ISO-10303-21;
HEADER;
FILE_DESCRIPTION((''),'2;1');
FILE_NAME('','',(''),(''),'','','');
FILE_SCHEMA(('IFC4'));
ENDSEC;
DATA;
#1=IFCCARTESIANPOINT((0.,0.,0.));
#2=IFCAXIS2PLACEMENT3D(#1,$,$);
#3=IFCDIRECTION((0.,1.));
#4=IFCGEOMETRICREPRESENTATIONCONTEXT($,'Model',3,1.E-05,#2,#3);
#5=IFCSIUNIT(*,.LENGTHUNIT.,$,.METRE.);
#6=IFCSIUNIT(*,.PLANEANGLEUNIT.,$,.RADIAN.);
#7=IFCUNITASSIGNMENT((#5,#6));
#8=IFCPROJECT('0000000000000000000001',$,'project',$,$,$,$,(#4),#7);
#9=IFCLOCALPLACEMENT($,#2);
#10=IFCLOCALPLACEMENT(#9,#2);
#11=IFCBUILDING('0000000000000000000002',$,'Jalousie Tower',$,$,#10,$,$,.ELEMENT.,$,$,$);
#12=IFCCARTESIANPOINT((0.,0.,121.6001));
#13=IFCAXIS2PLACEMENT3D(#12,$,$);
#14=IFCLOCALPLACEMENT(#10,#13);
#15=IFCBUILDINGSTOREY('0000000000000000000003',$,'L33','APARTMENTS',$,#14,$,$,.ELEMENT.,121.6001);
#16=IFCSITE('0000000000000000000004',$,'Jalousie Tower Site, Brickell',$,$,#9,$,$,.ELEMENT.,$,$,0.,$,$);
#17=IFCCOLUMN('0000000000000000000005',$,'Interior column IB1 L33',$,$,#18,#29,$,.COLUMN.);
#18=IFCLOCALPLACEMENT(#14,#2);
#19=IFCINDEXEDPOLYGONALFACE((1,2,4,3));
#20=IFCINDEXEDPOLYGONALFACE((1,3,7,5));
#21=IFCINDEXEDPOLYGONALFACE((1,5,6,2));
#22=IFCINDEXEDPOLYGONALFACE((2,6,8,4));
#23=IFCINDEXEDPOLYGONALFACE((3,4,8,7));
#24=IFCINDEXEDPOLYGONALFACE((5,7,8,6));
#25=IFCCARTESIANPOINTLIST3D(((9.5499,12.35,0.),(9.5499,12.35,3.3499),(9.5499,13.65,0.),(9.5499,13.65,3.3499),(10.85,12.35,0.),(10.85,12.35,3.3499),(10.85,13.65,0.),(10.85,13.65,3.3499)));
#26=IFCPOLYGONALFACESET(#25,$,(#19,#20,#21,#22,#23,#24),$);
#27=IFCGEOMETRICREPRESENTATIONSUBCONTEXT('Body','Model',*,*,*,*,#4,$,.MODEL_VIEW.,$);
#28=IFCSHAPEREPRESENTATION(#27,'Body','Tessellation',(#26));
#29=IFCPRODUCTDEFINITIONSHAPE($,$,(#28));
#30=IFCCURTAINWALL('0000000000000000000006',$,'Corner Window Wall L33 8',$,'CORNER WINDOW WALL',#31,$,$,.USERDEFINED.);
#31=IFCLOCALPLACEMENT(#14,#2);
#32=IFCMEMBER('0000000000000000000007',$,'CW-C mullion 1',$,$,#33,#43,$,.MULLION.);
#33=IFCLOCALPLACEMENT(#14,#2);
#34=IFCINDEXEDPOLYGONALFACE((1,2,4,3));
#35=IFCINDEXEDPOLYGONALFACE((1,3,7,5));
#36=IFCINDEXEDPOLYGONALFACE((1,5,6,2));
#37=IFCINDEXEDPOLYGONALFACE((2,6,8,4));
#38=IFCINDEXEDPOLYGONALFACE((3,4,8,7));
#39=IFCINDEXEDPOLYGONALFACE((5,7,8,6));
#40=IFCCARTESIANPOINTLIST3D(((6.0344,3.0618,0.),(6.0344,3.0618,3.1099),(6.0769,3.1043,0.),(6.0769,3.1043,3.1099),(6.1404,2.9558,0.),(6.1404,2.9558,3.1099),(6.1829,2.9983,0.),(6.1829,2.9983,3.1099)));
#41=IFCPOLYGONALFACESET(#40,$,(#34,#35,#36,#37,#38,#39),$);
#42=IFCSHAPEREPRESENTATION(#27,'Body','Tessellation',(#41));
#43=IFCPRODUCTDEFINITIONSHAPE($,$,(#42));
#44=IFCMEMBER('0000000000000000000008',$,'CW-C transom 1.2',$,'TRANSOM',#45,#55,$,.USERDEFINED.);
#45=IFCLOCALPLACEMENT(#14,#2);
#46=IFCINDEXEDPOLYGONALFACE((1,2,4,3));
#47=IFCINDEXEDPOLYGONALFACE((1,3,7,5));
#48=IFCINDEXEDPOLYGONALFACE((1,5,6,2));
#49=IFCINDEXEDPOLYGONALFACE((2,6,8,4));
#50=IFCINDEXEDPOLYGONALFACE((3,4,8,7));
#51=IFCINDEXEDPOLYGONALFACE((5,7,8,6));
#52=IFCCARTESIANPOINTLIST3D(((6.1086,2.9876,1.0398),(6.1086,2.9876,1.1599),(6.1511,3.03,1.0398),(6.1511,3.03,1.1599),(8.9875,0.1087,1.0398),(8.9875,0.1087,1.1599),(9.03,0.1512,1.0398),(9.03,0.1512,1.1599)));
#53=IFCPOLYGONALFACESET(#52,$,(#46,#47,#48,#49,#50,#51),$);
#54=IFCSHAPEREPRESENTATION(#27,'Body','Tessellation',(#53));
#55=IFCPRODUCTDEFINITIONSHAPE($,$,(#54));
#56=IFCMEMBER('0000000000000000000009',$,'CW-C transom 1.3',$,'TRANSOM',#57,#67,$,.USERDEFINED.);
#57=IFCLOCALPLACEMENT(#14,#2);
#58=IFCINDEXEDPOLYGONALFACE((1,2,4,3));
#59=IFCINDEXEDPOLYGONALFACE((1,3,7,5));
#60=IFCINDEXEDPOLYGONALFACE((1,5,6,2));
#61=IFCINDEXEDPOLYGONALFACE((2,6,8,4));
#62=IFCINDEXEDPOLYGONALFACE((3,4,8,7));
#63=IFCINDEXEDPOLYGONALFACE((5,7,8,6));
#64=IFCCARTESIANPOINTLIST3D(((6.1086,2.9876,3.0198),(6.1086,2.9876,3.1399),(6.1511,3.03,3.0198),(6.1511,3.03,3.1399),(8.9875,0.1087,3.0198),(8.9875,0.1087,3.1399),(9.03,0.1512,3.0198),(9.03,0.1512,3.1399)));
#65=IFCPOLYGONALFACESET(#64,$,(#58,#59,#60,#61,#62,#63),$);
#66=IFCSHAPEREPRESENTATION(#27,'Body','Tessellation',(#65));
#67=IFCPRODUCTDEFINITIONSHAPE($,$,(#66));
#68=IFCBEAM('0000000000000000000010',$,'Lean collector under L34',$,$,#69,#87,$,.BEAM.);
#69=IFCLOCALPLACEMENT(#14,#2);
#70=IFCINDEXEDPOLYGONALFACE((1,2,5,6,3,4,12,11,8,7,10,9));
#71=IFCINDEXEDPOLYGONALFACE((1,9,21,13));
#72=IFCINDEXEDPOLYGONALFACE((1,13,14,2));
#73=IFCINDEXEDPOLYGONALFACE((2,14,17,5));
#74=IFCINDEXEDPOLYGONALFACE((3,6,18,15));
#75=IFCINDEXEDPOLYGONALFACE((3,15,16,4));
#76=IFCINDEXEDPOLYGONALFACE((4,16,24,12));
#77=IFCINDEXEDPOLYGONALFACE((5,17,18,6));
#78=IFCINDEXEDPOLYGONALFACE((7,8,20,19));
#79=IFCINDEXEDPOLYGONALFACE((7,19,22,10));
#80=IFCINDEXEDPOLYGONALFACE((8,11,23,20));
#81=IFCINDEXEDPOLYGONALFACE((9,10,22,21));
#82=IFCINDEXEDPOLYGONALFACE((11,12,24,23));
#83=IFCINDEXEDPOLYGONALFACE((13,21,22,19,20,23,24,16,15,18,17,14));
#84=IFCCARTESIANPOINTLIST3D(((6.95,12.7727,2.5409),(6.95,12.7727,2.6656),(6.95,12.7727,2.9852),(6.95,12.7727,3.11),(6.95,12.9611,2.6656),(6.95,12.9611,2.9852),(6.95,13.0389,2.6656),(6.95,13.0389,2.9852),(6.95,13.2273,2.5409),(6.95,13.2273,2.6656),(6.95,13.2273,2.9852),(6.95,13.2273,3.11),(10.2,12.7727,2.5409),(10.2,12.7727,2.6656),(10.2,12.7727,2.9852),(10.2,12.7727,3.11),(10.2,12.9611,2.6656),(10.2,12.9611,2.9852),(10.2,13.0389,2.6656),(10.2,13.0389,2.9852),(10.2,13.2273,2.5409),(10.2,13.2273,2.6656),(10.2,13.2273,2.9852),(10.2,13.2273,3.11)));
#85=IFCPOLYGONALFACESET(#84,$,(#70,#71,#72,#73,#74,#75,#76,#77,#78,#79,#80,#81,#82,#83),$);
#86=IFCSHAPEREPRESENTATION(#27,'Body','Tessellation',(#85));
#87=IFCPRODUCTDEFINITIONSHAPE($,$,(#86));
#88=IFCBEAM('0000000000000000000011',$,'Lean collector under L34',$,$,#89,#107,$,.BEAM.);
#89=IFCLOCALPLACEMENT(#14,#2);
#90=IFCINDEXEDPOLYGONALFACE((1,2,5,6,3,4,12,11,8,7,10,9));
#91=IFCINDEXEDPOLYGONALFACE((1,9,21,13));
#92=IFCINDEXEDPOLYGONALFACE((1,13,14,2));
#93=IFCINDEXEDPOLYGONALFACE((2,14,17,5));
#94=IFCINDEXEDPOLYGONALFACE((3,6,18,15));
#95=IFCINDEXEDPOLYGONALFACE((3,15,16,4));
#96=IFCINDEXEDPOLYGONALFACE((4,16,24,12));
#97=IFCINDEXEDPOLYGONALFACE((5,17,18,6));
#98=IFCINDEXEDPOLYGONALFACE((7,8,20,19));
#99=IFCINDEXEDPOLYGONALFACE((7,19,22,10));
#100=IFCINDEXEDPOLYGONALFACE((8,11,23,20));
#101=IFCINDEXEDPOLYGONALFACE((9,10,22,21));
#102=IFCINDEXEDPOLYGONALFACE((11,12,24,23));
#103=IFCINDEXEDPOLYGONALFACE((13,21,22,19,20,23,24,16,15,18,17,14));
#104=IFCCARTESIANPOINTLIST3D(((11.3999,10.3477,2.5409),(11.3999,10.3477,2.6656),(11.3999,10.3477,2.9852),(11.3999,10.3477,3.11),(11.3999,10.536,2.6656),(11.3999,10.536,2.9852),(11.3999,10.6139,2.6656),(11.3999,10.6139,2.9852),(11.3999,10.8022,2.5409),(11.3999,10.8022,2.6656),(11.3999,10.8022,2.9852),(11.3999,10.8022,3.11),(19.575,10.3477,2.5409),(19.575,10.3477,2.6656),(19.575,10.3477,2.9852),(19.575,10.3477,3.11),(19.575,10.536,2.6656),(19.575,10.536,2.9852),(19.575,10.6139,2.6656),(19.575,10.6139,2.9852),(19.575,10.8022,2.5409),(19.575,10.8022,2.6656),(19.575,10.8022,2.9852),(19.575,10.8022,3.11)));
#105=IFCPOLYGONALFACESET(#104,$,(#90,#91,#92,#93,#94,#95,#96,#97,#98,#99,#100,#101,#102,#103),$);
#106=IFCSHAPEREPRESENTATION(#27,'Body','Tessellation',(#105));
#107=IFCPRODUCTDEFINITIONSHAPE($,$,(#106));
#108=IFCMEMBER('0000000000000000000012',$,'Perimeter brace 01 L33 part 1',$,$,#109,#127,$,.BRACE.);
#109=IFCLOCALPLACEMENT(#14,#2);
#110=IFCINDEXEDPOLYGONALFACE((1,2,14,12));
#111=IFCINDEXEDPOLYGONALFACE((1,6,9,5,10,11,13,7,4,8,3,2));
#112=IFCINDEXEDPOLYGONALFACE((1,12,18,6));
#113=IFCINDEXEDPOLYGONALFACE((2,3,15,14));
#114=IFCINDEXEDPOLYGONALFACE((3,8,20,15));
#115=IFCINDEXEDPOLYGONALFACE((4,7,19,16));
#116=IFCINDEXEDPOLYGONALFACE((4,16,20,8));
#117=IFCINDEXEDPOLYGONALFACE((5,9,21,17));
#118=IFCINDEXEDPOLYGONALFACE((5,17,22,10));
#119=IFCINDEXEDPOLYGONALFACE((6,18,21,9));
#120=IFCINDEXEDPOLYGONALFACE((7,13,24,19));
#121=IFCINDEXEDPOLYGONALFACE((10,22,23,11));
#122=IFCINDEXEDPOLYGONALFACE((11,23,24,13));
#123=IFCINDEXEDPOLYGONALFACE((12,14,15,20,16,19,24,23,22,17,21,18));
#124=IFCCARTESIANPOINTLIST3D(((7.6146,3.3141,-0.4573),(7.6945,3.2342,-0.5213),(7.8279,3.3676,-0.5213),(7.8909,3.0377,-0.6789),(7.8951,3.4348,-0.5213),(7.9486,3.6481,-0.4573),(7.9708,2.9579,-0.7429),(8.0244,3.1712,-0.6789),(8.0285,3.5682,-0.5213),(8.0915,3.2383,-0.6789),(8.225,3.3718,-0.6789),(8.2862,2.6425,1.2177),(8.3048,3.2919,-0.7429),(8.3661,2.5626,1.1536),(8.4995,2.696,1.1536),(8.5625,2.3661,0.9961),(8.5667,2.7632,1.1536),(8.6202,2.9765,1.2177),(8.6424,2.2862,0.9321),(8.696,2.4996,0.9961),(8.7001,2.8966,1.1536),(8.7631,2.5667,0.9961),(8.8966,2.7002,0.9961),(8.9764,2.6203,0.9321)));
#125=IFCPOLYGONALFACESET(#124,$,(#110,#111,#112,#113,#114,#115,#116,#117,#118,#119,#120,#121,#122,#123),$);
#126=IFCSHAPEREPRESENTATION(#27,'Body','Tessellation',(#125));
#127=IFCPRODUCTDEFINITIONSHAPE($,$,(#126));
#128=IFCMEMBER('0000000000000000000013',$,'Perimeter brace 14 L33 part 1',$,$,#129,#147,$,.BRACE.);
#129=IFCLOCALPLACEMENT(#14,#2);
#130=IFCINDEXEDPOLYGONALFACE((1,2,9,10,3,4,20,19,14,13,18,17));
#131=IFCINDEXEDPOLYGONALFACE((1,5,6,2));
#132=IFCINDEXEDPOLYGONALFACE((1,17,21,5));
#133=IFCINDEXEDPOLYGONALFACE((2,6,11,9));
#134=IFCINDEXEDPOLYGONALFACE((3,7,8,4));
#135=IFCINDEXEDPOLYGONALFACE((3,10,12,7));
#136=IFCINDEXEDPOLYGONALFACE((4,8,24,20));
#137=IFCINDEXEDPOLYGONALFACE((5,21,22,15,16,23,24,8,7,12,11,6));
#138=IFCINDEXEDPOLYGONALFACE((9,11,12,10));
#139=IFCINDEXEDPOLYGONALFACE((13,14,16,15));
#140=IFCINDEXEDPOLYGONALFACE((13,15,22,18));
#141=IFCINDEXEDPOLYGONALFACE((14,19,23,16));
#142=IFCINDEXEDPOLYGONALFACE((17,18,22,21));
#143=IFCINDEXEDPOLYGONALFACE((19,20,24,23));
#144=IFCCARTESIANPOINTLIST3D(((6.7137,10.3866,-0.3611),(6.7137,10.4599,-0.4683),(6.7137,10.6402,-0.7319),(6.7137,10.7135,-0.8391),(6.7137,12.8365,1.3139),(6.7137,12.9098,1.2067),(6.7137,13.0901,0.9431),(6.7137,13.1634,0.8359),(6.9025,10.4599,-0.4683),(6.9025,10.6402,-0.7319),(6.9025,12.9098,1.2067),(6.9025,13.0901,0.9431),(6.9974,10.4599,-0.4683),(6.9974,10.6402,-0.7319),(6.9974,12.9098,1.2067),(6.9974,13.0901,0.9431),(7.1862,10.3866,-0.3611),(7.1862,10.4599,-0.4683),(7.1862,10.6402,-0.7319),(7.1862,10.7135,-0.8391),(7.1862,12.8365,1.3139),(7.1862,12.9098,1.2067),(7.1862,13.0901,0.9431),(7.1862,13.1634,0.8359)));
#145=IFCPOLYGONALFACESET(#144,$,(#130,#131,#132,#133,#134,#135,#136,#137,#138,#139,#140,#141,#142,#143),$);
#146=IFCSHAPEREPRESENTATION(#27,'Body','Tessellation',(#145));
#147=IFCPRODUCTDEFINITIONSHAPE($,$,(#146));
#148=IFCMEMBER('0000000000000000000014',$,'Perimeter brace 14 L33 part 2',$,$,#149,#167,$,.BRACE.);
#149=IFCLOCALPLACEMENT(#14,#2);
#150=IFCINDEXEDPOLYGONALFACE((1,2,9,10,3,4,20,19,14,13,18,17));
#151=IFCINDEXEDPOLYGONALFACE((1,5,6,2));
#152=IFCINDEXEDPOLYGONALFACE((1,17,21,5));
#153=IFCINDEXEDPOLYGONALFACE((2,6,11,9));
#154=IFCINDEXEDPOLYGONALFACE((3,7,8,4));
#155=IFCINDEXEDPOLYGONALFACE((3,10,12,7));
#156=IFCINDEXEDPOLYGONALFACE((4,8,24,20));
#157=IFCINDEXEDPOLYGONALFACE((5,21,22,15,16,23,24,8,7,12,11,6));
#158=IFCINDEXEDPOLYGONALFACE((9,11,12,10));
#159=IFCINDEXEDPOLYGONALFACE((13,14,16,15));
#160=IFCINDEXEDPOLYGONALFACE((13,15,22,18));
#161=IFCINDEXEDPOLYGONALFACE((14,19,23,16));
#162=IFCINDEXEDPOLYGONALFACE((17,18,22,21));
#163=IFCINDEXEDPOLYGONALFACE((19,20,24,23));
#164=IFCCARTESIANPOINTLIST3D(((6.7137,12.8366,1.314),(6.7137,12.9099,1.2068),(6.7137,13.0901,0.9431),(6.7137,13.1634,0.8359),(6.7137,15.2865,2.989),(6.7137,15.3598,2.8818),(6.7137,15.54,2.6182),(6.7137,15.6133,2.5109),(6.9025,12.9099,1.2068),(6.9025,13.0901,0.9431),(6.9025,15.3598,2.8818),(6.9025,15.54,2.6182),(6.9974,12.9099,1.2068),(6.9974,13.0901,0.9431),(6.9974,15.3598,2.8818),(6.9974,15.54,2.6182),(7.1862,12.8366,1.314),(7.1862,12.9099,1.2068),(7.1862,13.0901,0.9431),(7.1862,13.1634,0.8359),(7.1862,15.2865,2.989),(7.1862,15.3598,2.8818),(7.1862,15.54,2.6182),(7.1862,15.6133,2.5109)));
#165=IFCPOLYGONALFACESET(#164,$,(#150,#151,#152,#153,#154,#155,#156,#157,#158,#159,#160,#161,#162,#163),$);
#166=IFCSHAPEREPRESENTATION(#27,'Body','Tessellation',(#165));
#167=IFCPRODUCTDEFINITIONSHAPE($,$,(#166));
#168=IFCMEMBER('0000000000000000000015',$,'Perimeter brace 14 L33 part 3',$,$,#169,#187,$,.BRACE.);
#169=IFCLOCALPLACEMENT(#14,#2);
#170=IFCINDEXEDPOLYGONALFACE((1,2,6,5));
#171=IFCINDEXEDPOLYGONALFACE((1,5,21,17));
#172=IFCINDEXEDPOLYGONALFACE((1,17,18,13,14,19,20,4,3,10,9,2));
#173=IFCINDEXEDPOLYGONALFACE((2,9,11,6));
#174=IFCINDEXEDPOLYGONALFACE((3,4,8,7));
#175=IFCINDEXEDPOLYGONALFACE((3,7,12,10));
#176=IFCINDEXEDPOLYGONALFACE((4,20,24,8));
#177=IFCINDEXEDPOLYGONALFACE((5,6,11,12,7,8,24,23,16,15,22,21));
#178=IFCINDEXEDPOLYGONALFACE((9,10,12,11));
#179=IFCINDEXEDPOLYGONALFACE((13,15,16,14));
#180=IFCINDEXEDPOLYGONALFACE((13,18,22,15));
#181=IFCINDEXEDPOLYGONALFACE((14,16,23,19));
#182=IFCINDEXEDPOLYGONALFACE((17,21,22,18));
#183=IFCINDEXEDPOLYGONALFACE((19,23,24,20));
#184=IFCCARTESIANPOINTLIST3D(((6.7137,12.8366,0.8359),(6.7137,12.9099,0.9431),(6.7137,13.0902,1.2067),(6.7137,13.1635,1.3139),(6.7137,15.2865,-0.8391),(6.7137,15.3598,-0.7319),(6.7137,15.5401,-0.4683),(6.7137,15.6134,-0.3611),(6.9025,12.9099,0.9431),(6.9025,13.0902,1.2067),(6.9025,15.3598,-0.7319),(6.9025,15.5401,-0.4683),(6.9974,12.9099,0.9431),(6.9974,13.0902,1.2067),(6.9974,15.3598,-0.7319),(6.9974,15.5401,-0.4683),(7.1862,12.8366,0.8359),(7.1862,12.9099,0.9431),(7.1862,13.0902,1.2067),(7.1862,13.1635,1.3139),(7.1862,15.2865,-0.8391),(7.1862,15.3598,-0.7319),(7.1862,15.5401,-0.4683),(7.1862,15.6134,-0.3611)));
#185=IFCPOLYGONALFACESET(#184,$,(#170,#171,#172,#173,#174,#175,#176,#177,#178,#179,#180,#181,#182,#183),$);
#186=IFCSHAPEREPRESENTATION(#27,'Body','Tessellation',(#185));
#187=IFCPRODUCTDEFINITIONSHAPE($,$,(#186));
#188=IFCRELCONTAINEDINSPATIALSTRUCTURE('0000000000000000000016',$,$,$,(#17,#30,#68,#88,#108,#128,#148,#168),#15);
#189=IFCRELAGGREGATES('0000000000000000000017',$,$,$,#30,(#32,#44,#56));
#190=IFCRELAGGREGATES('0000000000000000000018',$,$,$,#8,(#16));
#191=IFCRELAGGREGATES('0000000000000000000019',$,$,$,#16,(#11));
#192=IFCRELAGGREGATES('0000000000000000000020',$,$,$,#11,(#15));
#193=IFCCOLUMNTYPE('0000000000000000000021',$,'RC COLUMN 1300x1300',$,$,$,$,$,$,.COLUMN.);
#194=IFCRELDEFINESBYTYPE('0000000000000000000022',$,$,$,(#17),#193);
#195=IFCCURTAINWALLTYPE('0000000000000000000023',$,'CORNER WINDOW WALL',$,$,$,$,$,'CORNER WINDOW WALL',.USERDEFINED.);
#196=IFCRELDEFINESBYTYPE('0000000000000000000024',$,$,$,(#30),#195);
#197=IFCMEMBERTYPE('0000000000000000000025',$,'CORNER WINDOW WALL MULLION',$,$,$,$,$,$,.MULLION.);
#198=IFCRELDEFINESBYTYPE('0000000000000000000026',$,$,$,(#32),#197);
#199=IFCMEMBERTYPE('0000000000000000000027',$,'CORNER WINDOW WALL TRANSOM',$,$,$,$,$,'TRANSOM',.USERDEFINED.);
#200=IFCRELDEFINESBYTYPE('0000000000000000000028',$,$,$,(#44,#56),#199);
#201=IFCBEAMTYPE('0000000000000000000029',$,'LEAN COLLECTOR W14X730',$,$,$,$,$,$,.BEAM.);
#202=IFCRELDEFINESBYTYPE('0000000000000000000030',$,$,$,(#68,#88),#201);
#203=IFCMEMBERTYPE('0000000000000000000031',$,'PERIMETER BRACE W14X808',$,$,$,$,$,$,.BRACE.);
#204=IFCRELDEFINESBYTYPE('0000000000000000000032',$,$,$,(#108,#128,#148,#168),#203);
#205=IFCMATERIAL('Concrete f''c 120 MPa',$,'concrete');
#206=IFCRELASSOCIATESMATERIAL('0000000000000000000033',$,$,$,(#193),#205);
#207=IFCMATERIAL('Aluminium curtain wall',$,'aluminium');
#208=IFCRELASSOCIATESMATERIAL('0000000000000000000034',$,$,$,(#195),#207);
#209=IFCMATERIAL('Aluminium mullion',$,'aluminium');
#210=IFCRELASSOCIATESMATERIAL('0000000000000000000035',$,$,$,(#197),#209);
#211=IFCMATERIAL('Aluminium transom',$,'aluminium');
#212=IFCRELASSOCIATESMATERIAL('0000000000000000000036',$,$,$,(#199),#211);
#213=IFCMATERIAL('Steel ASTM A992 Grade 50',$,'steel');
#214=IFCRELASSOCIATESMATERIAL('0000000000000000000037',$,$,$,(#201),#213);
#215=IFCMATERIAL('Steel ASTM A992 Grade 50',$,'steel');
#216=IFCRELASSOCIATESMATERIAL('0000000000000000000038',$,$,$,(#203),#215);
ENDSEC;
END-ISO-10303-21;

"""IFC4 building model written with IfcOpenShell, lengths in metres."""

from ifc_helpers import new_model, si_unit, direction, frame, origin, origin_2d, place, context, subcontext, project, spatial, rectangle, i_section, extrude, material, material_profile, profile_set, type_object, element, aggregate, save


model = new_model("IFC4")

# Units and contexts
model_context = context("Model", 3, precision=1e-05, world=origin(), true_north=direction((0.0, 1.0)))
body_context = subcontext(model_context, "Body", "Model", "MODEL_VIEW")
ifc_project = project(units=[si_unit("LENGTHUNIT", "METRE"), si_unit("PLANEANGLEUNIT", "RADIAN")], contexts=[model_context])

# Site, building, storey
site_placement = place(None, origin())
site = spatial("IfcSite", under=ifc_project, at=site_placement, Name="Jalousie Tower Site, Brickell", CompositionType="ELEMENT", RefElevation=0.0)
building_placement = place(site_placement, origin())
building = spatial("IfcBuilding", under=site, at=building_placement, Name="Jalousie Tower", CompositionType="ELEMENT")
storey_placement = place(building_placement, frame((0.0, 0.0, 121.6001)))
storey = spatial("IfcBuildingStorey", under=building, at=storey_placement, Name="L33", Description="APARTMENTS", CompositionType="ELEMENT", Elevation=121.6001)

# Column
ifc_material_1 = material(Name="Concrete f'c 120 MPa", Category="concrete")
ifc_material_profile_1 = material_profile(ifc_material_1, rectangle(XDim=1.3, YDim=1.3, at=origin_2d()), Name="RC 1300x1300")
ifc_profile_set_1 = profile_set([ifc_material_profile_1], Name="Concrete f'c 120 MPa")
column_type = type_object("IfcColumnType", Name="RC COLUMN 1300x1300", PredefinedType="COLUMN", material=ifc_profile_set_1)
column_placement = place(storey_placement, frame((10.2, 13.0, 0.0), z_axis=(0.0, 0.0, 1.0), x_axis=(1.0, 0.0, 0.0)))
element("IfcColumn", 1, at=column_placement, inside=storey, type_object=column_type, Name="Interior column IB1 L33", PredefinedType="COLUMN", context=body_context, shape_type="SweptSolid", body=[
    extrude(rectangle(XDim=1.3, YDim=1.3, at=origin_2d()), origin(), (0.0, 0.0, 1.0), 3.3499),
])

# Curtain wall, members
ifc_material_2 = material(Name="Aluminium curtain wall", Category="aluminium")
curtain_wall_type_1 = type_object("IfcCurtainWallType", Name="CORNER WINDOW WALL", ElementType="CORNER WINDOW WALL", PredefinedType="USERDEFINED", material=ifc_material_2)
curtain_wall_1_placement = place(storey_placement, origin())
curtain_wall_1 = element("IfcCurtainWall", 2, at=curtain_wall_1_placement, inside=storey, type_object=curtain_wall_type_1, Name="Corner Window Wall L33 8", ObjectType="CORNER WINDOW WALL", PredefinedType="USERDEFINED")
ifc_material_3 = material(Name="Aluminium mullion", Category="aluminium")
ifc_material_profile_2 = material_profile(ifc_material_3, rectangle(XDim=0.0601, YDim=0.1499, at=origin_2d()), Name="MULLION 60x150")
ifc_profile_set_2 = profile_set([ifc_material_profile_2], Name="Aluminium mullion")
member_type_1 = type_object("IfcMemberType", Name="CORNER WINDOW WALL MULLION", PredefinedType="MULLION", material=ifc_profile_set_2)
member_1_placement = place(storey_placement, frame((6.1086, 3.03, 0.0), z_axis=(0.0, 0.0, 1.0), x_axis=(0.707107, 0.707107, 0.0)))
member_1 = element("IfcMember", 3, at=member_1_placement, type_object=member_type_1, Name="CW-C mullion 1", PredefinedType="MULLION", context=body_context, shape_type="SweptSolid", body=[
    extrude(rectangle(XDim=0.0601, YDim=0.1499, at=origin_2d()), origin(), (0.0, 0.0, 1.0), 3.1099),
])
ifc_material_4 = material(Name="Aluminium transom", Category="aluminium")
ifc_material_profile_3 = material_profile(ifc_material_4, rectangle(XDim=0.0601, YDim=0.1201, at=origin_2d()), Name="TRANSOM 60x120")
ifc_profile_set_3 = profile_set([ifc_material_profile_3], Name="Aluminium transom")
member_type_2 = type_object("IfcMemberType", Name="CORNER WINDOW WALL TRANSOM", ElementType="TRANSOM", PredefinedType="USERDEFINED", material=ifc_profile_set_3)
member_2_placement = place(storey_placement, frame((6.1299, 3.0088, 1.0999), z_axis=(0.707107, -0.707107, 0.0), x_axis=(0.707107, 0.707107, 0.0)))
member_2 = element("IfcMember", 4, at=member_2_placement, type_object=member_type_2, Name="CW-C transom 1.2", ObjectType="TRANSOM", PredefinedType="USERDEFINED", context=body_context, shape_type="SweptSolid", body=[
    extrude(rectangle(XDim=0.0601, YDim=0.1201, at=origin_2d()), origin(), (0.0, 0.0, 1.0), 4.0713),
])
member_3_placement = place(storey_placement, frame((6.1299, 3.0088, 3.0798), z_axis=(0.707107, -0.707107, 0.0), x_axis=(0.707107, 0.707107, 0.0)))
member_3 = element("IfcMember", 5, at=member_3_placement, type_object=member_type_2, Name="CW-C transom 1.3", ObjectType="TRANSOM", PredefinedType="USERDEFINED", context=body_context, shape_type="SweptSolid", body=[
    extrude(rectangle(XDim=0.0601, YDim=0.1201, at=origin_2d()), origin(), (0.0, 0.0, 1.0), 4.0713),
])
aggregate(curtain_wall_1, [member_1, member_2, member_3])

# Beams
ifc_material_5 = material(Name="Steel ASTM A992 Grade 50", Category="steel")
ifc_material_profile_4 = material_profile(ifc_material_5, i_section(OverallWidth=0.4546, OverallDepth=0.5691, WebThickness=0.0779, FlangeThickness=0.1248, at=origin_2d()), Name="W14X730")
ifc_profile_set_4 = profile_set([ifc_material_profile_4], Name="Steel ASTM A992 Grade 50")
beam_type_1 = type_object("IfcBeamType", Name="LEAN COLLECTOR W14X730", PredefinedType="BEAM", material=ifc_profile_set_4)
beam_1_placement = place(storey_placement, frame((6.95, 13.0, 2.8254), z_axis=(1.0, 0.0, 0.0), x_axis=(0.0, 1.0, 0.0)))
element("IfcBeam", 6, at=beam_1_placement, inside=storey, type_object=beam_type_1, Name="Lean collector under L34", PredefinedType="BEAM", context=body_context, shape_type="SweptSolid", body=[
    extrude(i_section(OverallWidth=0.4546, OverallDepth=0.5691, WebThickness=0.0779, FlangeThickness=0.1248, at=origin_2d()), origin(), (0.0, 0.0, 1.0), 3.25),
])
beam_2_placement = place(storey_placement, frame((11.3999, 10.575, 2.8254), z_axis=(1.0, 0.0, 0.0), x_axis=(0.0, 1.0, 0.0)))
element("IfcBeam", 7, at=beam_2_placement, inside=storey, type_object=beam_type_1, Name="Lean collector under L34", PredefinedType="BEAM", context=body_context, shape_type="SweptSolid", body=[
    extrude(i_section(OverallWidth=0.4546, OverallDepth=0.5691, WebThickness=0.0779, FlangeThickness=0.1248, at=origin_2d()), origin(), (0.0, 0.0, 1.0), 8.175),
])

# Members
ifc_material_6 = material(Name="Steel ASTM A992 Grade 50", Category="steel")
ifc_material_profile_5 = material_profile(ifc_material_6, i_section(OverallWidth=0.4724, OverallDepth=0.5791, WebThickness=0.095, FlangeThickness=0.1299, at=origin_2d()), Name="W14X808")
ifc_profile_set_5 = profile_set([ifc_material_profile_5], Name="Steel ASTM A992 Grade 50")
member_type_3 = type_object("IfcMemberType", Name="PERIMETER BRACE W14X808", PredefinedType="BRACE", material=ifc_profile_set_5)
member_4_placement = place(storey_placement, frame((7.9597, 3.303, -0.6001), z_axis=(0.348789, -0.348789, 0.869881), x_axis=(0.707107, 0.707107, 0.0)))
element("IfcMember", 8, at=member_4_placement, inside=storey, type_object=member_type_3, Name="Perimeter brace 01 L33 part 1", PredefinedType="BRACE", context=body_context, shape_type="SweptSolid", body=[
    extrude(i_section(OverallWidth=0.4724, OverallDepth=0.5791, WebThickness=0.095, FlangeThickness=0.1299, at=origin_2d()), origin(), (0.0, 0.0, 1.0), 1.9255),
])
for number, where, z_axis, x_axis, name in (
    (9, (6.95, 10.55, -0.6001), (0.0, 0.825501, 0.564401), (-1.0, 0.0, 0.0), "Perimeter brace 14 L33 part 1"),
    (10, (6.95, 13.0, 1.075), (0.0, 0.825501, 0.564401), (-1.0, 0.0, 0.0), "Perimeter brace 14 L33 part 2"),
    (11, (6.95, 15.45, -0.6001), (0.0, -0.825501, 0.564401), (1.0, 0.0, 0.0), "Perimeter brace 14 L33 part 3"),
):
    element("IfcMember", number, at=place(storey_placement, frame(where, z_axis=z_axis, x_axis=x_axis)), inside=storey, type_object=member_type_3, Name=name, PredefinedType="BRACE", context=body_context, shape_type="SweptSolid", body=[
        extrude(i_section(OverallWidth=0.4724, OverallDepth=0.5791, WebThickness=0.095, FlangeThickness=0.1299, at=origin_2d()), origin(), (0.0, 0.0, 1.0), 2.9678),
    ])

save(model, "model.ifc")
